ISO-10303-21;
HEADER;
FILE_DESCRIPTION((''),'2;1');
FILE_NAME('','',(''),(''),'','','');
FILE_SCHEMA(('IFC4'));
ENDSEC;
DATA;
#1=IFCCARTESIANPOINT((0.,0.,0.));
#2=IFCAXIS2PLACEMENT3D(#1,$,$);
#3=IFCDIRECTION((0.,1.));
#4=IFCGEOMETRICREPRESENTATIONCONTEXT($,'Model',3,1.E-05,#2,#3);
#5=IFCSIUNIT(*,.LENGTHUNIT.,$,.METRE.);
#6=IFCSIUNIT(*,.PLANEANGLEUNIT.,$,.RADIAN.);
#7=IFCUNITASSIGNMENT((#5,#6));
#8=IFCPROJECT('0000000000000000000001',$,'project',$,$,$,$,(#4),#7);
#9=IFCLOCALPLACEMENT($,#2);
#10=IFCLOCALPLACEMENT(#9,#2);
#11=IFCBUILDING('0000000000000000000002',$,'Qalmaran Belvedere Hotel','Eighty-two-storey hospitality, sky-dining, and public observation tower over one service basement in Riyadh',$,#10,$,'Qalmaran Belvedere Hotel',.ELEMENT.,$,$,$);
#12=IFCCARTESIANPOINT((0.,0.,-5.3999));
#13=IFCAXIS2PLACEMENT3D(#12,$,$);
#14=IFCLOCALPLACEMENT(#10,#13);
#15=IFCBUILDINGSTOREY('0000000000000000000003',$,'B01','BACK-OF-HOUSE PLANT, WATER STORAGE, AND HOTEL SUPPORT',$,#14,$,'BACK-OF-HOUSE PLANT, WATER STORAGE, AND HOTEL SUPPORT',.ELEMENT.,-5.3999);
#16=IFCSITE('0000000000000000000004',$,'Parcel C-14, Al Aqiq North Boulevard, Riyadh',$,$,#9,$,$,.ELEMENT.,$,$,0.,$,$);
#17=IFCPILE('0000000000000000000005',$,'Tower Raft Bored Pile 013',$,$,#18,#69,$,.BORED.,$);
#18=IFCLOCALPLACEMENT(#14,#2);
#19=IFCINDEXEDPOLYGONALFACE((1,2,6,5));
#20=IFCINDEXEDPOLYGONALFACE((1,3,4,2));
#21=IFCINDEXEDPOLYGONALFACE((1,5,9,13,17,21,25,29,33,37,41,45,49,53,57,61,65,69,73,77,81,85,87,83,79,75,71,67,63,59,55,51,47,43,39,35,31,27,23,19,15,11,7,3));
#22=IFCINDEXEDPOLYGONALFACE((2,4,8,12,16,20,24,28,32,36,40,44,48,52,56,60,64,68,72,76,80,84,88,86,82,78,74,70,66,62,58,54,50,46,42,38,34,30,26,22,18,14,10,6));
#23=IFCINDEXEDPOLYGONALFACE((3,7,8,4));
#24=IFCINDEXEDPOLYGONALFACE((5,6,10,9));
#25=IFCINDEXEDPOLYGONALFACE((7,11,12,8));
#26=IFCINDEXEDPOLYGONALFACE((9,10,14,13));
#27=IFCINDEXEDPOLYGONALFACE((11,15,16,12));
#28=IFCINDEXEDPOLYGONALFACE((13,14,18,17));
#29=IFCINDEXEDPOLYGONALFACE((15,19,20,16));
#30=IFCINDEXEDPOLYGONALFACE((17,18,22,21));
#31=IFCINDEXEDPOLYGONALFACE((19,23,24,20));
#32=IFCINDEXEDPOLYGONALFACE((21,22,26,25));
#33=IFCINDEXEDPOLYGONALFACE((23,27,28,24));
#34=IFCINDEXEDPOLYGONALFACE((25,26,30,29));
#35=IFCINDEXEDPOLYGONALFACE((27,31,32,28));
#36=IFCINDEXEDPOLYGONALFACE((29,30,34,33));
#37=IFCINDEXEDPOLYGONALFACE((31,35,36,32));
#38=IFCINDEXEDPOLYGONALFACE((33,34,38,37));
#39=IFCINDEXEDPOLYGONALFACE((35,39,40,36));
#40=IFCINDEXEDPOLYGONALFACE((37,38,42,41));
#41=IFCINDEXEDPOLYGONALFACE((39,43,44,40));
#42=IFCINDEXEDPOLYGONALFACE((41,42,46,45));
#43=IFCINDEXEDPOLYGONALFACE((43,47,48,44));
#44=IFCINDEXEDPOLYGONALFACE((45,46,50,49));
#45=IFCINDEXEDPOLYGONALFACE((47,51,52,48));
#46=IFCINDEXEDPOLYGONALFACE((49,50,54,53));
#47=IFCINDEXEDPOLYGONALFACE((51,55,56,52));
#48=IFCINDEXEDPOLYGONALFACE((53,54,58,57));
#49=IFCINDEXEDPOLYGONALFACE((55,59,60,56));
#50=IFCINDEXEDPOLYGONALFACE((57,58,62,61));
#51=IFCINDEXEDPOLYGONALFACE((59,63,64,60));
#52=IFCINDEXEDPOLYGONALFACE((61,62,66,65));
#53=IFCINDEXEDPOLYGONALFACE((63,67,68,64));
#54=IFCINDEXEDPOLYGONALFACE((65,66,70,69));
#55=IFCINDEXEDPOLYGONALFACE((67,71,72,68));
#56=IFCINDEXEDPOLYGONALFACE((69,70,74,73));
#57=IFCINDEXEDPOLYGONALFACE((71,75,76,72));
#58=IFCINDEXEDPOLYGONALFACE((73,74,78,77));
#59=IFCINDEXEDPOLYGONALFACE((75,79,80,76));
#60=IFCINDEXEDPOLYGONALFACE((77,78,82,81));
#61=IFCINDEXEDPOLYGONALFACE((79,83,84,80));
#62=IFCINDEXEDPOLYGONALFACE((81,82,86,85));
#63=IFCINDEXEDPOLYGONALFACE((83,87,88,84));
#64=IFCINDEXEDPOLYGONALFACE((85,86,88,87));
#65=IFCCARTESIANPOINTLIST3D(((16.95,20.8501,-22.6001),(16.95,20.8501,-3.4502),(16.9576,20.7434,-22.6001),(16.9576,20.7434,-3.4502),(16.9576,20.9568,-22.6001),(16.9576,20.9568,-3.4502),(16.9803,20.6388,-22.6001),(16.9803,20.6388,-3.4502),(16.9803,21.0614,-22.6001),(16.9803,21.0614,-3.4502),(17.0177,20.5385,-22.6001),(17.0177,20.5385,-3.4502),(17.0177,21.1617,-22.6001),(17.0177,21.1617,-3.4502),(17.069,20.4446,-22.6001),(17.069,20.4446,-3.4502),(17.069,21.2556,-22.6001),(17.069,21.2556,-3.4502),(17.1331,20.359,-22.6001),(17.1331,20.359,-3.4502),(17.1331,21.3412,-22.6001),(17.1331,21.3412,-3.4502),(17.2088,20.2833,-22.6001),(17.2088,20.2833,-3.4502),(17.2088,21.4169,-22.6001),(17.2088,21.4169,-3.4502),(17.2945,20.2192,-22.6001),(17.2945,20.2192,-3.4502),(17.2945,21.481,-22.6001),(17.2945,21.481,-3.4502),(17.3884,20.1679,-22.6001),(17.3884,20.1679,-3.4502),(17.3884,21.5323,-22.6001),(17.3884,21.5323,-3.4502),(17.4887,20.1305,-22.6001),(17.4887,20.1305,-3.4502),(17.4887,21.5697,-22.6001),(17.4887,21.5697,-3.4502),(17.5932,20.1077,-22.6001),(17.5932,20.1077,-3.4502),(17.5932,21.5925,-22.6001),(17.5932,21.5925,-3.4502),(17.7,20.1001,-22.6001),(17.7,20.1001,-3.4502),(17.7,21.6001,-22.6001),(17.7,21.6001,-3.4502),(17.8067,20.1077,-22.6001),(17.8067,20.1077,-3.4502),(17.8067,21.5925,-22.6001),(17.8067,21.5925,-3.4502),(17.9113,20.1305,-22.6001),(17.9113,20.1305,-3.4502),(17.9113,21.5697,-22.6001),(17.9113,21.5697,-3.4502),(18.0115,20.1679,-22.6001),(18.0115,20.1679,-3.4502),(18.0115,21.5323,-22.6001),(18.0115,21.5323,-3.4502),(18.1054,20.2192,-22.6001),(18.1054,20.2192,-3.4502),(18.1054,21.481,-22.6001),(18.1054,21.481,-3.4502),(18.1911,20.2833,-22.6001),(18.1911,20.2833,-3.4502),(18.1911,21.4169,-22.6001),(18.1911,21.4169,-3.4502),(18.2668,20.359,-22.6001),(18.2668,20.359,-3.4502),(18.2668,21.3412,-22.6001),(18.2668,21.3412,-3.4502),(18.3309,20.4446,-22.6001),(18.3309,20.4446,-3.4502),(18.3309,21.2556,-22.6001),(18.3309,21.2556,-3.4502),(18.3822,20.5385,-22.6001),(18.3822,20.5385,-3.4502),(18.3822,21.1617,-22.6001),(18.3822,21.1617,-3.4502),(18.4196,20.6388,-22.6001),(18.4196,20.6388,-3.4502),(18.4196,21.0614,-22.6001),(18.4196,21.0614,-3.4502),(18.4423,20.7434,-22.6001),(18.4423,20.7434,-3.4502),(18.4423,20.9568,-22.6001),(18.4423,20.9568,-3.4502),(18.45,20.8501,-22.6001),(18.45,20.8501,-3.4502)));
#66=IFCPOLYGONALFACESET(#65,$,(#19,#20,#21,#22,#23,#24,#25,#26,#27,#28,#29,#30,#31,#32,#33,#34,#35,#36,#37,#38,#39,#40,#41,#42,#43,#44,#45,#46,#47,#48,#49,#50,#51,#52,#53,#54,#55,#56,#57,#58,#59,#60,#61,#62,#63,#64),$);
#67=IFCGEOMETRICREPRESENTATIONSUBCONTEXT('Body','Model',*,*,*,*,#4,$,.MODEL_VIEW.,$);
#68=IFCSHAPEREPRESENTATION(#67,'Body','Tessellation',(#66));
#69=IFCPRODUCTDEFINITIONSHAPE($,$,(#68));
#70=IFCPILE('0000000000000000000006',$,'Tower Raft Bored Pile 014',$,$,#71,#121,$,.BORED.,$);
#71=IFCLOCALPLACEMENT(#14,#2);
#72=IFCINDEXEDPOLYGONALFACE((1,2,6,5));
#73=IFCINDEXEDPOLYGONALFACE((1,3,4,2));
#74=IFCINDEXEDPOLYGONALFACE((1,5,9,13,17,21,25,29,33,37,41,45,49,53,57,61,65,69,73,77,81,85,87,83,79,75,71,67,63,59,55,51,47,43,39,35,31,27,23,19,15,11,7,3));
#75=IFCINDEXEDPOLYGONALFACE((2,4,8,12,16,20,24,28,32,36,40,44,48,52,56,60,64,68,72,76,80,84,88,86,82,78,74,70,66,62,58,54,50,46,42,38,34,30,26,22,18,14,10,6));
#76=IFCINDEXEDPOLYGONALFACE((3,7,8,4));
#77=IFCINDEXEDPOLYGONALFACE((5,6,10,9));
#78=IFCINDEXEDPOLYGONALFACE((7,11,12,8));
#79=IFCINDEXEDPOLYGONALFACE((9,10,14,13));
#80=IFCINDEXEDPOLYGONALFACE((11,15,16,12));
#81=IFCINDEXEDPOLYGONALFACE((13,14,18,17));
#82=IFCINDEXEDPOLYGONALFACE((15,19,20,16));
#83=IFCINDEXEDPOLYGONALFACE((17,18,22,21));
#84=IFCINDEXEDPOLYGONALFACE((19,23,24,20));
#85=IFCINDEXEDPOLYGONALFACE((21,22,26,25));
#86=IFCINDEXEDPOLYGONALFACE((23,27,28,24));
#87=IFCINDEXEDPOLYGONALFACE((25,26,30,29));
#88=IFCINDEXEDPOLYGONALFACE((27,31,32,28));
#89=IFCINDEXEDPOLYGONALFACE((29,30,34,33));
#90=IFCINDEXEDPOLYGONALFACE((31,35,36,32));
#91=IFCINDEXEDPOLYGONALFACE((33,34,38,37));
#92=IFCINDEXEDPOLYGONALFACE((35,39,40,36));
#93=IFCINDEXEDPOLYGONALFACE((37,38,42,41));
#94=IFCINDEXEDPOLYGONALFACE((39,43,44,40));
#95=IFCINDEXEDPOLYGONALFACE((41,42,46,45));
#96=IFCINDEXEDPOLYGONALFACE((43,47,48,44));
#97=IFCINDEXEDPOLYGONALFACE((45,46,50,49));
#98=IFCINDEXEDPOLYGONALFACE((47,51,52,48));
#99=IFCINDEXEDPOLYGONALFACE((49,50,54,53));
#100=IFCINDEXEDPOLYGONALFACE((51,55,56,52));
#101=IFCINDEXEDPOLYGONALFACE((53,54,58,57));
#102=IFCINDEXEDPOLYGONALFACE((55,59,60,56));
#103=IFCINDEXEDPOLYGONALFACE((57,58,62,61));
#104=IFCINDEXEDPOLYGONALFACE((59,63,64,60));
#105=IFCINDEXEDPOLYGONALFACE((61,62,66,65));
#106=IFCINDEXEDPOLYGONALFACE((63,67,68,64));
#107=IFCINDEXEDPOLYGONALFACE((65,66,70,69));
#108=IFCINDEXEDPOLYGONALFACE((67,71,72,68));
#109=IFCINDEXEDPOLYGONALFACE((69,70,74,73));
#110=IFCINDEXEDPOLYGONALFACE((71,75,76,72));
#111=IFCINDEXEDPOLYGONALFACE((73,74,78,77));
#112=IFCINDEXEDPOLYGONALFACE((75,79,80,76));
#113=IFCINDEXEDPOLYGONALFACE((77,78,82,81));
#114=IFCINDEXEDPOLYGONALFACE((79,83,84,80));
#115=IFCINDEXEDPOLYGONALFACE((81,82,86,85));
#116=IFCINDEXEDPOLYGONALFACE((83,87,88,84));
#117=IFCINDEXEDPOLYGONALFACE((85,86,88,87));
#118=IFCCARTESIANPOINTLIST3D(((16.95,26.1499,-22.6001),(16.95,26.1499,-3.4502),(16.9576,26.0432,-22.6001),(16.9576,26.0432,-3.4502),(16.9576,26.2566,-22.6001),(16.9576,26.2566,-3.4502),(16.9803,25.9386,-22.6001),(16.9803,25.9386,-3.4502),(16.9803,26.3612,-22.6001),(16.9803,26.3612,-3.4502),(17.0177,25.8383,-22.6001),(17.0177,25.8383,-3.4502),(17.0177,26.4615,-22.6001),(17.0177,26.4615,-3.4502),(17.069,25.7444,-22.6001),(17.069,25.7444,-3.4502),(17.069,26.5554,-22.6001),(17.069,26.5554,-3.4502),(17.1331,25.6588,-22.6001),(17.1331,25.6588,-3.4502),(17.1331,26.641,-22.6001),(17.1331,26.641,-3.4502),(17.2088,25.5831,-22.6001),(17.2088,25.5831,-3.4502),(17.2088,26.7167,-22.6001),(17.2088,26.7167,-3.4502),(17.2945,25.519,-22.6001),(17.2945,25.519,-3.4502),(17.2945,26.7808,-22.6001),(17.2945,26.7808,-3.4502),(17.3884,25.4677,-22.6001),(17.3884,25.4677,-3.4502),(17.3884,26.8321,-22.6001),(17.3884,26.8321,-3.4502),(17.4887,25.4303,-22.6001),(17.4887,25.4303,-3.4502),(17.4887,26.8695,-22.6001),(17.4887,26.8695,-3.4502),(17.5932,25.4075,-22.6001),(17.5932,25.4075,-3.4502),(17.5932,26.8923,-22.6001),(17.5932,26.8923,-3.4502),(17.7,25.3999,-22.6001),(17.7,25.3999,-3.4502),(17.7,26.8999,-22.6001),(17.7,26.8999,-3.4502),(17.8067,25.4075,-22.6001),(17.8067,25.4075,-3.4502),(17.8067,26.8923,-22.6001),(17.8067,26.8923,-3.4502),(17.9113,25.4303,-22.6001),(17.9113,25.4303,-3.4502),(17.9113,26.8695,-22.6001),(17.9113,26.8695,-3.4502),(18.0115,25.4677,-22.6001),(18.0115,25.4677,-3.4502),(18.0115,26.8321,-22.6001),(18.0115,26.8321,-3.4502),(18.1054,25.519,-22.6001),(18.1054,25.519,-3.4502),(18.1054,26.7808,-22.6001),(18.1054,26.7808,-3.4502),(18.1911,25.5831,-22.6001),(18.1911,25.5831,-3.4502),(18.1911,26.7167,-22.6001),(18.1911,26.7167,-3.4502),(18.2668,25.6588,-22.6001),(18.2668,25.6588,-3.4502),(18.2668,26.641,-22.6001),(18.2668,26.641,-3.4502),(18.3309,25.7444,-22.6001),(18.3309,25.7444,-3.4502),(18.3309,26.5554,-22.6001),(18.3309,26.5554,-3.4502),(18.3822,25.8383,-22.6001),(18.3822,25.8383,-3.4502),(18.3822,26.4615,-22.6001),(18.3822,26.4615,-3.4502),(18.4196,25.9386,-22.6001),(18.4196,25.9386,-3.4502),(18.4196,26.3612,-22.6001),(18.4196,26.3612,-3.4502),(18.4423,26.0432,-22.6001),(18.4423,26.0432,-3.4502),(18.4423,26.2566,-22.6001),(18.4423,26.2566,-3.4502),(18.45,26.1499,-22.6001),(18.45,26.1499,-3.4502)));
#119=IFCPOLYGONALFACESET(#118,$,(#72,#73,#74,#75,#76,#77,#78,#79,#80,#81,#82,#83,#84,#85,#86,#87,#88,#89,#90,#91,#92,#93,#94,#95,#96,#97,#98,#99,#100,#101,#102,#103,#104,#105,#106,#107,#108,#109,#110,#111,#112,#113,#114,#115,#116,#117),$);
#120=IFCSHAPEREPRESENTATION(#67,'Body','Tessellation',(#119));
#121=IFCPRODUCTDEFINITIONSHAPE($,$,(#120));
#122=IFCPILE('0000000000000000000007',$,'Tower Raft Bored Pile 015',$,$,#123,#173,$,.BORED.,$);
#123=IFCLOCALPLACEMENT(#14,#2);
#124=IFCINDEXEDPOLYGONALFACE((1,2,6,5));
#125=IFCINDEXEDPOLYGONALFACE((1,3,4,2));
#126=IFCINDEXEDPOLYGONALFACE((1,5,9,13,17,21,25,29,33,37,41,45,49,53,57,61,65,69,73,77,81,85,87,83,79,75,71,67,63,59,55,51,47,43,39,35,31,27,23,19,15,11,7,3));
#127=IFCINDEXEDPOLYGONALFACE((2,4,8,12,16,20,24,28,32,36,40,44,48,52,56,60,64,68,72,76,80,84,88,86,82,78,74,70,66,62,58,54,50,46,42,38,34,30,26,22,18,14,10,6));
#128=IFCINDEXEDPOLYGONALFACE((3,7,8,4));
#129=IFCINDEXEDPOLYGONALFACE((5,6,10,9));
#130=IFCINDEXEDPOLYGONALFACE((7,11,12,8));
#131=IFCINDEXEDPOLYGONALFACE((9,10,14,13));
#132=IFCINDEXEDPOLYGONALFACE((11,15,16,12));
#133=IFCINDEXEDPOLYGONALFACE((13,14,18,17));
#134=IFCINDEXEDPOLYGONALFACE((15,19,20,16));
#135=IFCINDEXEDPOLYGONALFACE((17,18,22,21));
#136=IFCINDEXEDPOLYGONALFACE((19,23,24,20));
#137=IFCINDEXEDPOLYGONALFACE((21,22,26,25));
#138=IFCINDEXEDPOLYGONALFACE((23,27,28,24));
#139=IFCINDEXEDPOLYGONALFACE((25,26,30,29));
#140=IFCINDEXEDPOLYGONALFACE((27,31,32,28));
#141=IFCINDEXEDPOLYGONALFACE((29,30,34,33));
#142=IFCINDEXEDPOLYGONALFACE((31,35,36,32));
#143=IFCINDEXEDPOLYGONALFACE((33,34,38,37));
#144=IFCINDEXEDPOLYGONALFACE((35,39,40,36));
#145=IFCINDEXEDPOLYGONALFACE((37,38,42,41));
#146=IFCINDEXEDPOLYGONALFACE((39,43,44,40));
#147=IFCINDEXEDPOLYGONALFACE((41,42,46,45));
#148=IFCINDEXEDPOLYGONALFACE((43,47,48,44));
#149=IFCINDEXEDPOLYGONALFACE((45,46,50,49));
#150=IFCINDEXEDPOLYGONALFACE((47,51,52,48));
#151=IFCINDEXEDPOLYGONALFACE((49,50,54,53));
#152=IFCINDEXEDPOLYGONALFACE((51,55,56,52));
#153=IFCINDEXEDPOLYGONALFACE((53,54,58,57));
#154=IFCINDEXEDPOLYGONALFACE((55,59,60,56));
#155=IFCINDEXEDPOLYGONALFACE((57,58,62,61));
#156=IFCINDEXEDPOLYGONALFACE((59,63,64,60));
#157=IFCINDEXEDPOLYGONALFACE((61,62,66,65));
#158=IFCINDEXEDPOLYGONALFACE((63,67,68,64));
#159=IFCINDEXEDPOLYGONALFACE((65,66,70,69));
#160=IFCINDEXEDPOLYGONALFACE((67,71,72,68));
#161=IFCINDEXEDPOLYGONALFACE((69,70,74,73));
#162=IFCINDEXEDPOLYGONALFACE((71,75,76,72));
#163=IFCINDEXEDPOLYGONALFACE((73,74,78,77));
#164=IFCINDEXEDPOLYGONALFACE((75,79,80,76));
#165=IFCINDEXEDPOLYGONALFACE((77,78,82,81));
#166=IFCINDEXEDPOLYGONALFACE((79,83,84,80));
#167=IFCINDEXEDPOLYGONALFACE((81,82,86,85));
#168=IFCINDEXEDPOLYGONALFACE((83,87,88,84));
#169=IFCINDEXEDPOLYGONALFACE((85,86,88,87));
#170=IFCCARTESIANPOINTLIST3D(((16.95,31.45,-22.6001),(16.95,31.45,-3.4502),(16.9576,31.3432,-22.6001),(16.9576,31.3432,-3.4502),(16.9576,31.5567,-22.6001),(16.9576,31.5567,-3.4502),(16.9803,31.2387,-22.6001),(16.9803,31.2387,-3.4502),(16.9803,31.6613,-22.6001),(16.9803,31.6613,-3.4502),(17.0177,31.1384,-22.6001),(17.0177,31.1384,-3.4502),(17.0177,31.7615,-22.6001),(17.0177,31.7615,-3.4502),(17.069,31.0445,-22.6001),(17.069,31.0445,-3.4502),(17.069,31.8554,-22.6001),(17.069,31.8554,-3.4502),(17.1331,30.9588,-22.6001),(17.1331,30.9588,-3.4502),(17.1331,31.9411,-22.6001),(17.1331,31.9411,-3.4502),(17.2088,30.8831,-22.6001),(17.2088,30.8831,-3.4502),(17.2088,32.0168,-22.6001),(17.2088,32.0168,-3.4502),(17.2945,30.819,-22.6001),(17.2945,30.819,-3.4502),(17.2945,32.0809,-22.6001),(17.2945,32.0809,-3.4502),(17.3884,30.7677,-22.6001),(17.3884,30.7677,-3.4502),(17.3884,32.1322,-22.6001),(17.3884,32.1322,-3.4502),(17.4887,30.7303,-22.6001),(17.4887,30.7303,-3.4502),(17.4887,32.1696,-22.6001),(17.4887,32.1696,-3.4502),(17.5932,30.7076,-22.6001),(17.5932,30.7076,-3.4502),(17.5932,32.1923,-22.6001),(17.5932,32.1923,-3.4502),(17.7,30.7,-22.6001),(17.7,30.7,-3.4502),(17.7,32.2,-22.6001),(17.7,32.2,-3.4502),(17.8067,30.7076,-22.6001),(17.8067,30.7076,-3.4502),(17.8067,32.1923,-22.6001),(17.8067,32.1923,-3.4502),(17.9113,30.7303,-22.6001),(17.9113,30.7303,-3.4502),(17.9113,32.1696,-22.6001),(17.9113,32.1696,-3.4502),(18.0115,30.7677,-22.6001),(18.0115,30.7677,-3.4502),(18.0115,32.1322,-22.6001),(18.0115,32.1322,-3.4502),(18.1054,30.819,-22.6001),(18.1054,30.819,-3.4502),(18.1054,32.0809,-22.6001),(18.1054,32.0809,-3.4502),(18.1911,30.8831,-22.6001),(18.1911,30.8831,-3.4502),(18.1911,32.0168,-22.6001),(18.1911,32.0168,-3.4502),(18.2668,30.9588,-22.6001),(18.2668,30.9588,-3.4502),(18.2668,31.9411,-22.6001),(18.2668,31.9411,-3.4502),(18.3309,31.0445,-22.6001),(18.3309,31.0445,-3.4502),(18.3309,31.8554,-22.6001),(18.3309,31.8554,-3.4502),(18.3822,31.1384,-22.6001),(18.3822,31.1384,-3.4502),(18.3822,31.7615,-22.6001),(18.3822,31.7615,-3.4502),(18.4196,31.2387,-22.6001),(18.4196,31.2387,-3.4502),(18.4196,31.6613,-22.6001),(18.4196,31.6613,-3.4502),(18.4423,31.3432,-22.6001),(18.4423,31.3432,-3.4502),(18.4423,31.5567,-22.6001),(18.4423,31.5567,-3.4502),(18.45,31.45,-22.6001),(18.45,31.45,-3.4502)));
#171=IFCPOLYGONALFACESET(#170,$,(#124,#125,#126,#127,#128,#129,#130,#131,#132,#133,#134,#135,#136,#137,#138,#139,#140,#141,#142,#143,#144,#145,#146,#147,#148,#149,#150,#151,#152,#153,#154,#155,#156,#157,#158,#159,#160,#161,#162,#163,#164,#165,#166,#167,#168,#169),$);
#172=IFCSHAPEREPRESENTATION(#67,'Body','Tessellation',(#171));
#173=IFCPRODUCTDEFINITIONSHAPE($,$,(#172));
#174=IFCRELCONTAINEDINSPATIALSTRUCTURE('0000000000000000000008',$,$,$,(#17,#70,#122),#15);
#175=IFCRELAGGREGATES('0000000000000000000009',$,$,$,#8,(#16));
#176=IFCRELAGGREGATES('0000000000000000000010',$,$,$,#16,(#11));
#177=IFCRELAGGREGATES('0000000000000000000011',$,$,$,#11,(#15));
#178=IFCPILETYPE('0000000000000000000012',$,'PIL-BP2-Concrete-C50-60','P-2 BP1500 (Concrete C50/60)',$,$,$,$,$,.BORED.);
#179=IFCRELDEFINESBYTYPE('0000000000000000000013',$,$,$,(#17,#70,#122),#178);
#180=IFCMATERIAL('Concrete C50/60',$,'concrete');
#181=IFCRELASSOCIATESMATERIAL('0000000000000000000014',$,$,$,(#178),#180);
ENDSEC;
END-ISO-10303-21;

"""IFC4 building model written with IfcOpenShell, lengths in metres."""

from ifc_helpers import new_model, si_unit, direction, frame, origin, origin_2d, place, context, subcontext, project, spatial, circle, extrude, material, material_profile, profile_set, type_object, element, save


model = new_model("IFC4")

# Units and contexts
model_context = context("Model", 3, precision=1e-05, world=origin(), true_north=direction((0.0, 1.0)))
body_context = subcontext(model_context, "Body", "Model", "MODEL_VIEW")
ifc_project = project(units=[si_unit("LENGTHUNIT", "METRE"), si_unit("PLANEANGLEUNIT", "RADIAN")], contexts=[model_context])

# Site, building, storey
site_placement = place(None, origin())
site = spatial("IfcSite", under=ifc_project, at=site_placement, Name="Parcel C-14, Al Aqiq North Boulevard, Riyadh", CompositionType="ELEMENT", RefElevation=0.0)
building_placement = place(site_placement, origin())
building = spatial("IfcBuilding", under=site, at=building_placement, Name="Qalmaran Belvedere Hotel", Description="Eighty-two-storey hospitality, sky-dining, and public observation tower over one service basement in Riyadh", LongName="Qalmaran Belvedere Hotel", CompositionType="ELEMENT")
storey_placement = place(building_placement, frame((0.0, 0.0, -5.3999)))
storey = spatial("IfcBuildingStorey", under=building, at=storey_placement, Name="B01", Description="BACK-OF-HOUSE PLANT, WATER STORAGE, AND HOTEL SUPPORT", LongName="BACK-OF-HOUSE PLANT, WATER STORAGE, AND HOTEL SUPPORT", CompositionType="ELEMENT", Elevation=-5.3999)

# Shared definitions
ifc_material_1 = material(Name="Concrete C50/60", Category="concrete")

# Piles
ifc_material_profile_1 = material_profile(ifc_material_1, circle(Radius=0.75, at=origin_2d()), Name="BP1500")
ifc_profile_set_1 = profile_set([ifc_material_profile_1], Name="Concrete C50/60")
pile_type_1 = type_object("IfcPileType", Name="PIL-BP2-Concrete-C50-60", Description="P-2 BP1500 (Concrete C50/60)", PredefinedType="BORED", material=ifc_profile_set_1)
for number, where, z_axis, x_axis, name in (
    (1, (17.7, 20.8501, -3.4502), (0.0, 0.0, -1.0), (1.0, 0.0, 0.0), "Tower Raft Bored Pile 013"),
    (2, (17.7, 26.1499, -3.4502), (0.0, 0.0, -1.0), (1.0, 0.0, 0.0), "Tower Raft Bored Pile 014"),
    (3, (17.7, 31.45, -3.4502), (0.0, 0.0, -1.0), (1.0, 0.0, 0.0), "Tower Raft Bored Pile 015"),
):
    element("IfcPile", number, at=place(storey_placement, frame(where, z_axis=z_axis, x_axis=x_axis)), inside=storey, type_object=pile_type_1, Name=name, PredefinedType="BORED", context=body_context, shape_type="SweptSolid", body=[
        extrude(circle(Radius=0.75, at=origin_2d()), origin(), (0.0, 0.0, 1.0), 19.1499),
    ])

save(model, "model.ifc")
